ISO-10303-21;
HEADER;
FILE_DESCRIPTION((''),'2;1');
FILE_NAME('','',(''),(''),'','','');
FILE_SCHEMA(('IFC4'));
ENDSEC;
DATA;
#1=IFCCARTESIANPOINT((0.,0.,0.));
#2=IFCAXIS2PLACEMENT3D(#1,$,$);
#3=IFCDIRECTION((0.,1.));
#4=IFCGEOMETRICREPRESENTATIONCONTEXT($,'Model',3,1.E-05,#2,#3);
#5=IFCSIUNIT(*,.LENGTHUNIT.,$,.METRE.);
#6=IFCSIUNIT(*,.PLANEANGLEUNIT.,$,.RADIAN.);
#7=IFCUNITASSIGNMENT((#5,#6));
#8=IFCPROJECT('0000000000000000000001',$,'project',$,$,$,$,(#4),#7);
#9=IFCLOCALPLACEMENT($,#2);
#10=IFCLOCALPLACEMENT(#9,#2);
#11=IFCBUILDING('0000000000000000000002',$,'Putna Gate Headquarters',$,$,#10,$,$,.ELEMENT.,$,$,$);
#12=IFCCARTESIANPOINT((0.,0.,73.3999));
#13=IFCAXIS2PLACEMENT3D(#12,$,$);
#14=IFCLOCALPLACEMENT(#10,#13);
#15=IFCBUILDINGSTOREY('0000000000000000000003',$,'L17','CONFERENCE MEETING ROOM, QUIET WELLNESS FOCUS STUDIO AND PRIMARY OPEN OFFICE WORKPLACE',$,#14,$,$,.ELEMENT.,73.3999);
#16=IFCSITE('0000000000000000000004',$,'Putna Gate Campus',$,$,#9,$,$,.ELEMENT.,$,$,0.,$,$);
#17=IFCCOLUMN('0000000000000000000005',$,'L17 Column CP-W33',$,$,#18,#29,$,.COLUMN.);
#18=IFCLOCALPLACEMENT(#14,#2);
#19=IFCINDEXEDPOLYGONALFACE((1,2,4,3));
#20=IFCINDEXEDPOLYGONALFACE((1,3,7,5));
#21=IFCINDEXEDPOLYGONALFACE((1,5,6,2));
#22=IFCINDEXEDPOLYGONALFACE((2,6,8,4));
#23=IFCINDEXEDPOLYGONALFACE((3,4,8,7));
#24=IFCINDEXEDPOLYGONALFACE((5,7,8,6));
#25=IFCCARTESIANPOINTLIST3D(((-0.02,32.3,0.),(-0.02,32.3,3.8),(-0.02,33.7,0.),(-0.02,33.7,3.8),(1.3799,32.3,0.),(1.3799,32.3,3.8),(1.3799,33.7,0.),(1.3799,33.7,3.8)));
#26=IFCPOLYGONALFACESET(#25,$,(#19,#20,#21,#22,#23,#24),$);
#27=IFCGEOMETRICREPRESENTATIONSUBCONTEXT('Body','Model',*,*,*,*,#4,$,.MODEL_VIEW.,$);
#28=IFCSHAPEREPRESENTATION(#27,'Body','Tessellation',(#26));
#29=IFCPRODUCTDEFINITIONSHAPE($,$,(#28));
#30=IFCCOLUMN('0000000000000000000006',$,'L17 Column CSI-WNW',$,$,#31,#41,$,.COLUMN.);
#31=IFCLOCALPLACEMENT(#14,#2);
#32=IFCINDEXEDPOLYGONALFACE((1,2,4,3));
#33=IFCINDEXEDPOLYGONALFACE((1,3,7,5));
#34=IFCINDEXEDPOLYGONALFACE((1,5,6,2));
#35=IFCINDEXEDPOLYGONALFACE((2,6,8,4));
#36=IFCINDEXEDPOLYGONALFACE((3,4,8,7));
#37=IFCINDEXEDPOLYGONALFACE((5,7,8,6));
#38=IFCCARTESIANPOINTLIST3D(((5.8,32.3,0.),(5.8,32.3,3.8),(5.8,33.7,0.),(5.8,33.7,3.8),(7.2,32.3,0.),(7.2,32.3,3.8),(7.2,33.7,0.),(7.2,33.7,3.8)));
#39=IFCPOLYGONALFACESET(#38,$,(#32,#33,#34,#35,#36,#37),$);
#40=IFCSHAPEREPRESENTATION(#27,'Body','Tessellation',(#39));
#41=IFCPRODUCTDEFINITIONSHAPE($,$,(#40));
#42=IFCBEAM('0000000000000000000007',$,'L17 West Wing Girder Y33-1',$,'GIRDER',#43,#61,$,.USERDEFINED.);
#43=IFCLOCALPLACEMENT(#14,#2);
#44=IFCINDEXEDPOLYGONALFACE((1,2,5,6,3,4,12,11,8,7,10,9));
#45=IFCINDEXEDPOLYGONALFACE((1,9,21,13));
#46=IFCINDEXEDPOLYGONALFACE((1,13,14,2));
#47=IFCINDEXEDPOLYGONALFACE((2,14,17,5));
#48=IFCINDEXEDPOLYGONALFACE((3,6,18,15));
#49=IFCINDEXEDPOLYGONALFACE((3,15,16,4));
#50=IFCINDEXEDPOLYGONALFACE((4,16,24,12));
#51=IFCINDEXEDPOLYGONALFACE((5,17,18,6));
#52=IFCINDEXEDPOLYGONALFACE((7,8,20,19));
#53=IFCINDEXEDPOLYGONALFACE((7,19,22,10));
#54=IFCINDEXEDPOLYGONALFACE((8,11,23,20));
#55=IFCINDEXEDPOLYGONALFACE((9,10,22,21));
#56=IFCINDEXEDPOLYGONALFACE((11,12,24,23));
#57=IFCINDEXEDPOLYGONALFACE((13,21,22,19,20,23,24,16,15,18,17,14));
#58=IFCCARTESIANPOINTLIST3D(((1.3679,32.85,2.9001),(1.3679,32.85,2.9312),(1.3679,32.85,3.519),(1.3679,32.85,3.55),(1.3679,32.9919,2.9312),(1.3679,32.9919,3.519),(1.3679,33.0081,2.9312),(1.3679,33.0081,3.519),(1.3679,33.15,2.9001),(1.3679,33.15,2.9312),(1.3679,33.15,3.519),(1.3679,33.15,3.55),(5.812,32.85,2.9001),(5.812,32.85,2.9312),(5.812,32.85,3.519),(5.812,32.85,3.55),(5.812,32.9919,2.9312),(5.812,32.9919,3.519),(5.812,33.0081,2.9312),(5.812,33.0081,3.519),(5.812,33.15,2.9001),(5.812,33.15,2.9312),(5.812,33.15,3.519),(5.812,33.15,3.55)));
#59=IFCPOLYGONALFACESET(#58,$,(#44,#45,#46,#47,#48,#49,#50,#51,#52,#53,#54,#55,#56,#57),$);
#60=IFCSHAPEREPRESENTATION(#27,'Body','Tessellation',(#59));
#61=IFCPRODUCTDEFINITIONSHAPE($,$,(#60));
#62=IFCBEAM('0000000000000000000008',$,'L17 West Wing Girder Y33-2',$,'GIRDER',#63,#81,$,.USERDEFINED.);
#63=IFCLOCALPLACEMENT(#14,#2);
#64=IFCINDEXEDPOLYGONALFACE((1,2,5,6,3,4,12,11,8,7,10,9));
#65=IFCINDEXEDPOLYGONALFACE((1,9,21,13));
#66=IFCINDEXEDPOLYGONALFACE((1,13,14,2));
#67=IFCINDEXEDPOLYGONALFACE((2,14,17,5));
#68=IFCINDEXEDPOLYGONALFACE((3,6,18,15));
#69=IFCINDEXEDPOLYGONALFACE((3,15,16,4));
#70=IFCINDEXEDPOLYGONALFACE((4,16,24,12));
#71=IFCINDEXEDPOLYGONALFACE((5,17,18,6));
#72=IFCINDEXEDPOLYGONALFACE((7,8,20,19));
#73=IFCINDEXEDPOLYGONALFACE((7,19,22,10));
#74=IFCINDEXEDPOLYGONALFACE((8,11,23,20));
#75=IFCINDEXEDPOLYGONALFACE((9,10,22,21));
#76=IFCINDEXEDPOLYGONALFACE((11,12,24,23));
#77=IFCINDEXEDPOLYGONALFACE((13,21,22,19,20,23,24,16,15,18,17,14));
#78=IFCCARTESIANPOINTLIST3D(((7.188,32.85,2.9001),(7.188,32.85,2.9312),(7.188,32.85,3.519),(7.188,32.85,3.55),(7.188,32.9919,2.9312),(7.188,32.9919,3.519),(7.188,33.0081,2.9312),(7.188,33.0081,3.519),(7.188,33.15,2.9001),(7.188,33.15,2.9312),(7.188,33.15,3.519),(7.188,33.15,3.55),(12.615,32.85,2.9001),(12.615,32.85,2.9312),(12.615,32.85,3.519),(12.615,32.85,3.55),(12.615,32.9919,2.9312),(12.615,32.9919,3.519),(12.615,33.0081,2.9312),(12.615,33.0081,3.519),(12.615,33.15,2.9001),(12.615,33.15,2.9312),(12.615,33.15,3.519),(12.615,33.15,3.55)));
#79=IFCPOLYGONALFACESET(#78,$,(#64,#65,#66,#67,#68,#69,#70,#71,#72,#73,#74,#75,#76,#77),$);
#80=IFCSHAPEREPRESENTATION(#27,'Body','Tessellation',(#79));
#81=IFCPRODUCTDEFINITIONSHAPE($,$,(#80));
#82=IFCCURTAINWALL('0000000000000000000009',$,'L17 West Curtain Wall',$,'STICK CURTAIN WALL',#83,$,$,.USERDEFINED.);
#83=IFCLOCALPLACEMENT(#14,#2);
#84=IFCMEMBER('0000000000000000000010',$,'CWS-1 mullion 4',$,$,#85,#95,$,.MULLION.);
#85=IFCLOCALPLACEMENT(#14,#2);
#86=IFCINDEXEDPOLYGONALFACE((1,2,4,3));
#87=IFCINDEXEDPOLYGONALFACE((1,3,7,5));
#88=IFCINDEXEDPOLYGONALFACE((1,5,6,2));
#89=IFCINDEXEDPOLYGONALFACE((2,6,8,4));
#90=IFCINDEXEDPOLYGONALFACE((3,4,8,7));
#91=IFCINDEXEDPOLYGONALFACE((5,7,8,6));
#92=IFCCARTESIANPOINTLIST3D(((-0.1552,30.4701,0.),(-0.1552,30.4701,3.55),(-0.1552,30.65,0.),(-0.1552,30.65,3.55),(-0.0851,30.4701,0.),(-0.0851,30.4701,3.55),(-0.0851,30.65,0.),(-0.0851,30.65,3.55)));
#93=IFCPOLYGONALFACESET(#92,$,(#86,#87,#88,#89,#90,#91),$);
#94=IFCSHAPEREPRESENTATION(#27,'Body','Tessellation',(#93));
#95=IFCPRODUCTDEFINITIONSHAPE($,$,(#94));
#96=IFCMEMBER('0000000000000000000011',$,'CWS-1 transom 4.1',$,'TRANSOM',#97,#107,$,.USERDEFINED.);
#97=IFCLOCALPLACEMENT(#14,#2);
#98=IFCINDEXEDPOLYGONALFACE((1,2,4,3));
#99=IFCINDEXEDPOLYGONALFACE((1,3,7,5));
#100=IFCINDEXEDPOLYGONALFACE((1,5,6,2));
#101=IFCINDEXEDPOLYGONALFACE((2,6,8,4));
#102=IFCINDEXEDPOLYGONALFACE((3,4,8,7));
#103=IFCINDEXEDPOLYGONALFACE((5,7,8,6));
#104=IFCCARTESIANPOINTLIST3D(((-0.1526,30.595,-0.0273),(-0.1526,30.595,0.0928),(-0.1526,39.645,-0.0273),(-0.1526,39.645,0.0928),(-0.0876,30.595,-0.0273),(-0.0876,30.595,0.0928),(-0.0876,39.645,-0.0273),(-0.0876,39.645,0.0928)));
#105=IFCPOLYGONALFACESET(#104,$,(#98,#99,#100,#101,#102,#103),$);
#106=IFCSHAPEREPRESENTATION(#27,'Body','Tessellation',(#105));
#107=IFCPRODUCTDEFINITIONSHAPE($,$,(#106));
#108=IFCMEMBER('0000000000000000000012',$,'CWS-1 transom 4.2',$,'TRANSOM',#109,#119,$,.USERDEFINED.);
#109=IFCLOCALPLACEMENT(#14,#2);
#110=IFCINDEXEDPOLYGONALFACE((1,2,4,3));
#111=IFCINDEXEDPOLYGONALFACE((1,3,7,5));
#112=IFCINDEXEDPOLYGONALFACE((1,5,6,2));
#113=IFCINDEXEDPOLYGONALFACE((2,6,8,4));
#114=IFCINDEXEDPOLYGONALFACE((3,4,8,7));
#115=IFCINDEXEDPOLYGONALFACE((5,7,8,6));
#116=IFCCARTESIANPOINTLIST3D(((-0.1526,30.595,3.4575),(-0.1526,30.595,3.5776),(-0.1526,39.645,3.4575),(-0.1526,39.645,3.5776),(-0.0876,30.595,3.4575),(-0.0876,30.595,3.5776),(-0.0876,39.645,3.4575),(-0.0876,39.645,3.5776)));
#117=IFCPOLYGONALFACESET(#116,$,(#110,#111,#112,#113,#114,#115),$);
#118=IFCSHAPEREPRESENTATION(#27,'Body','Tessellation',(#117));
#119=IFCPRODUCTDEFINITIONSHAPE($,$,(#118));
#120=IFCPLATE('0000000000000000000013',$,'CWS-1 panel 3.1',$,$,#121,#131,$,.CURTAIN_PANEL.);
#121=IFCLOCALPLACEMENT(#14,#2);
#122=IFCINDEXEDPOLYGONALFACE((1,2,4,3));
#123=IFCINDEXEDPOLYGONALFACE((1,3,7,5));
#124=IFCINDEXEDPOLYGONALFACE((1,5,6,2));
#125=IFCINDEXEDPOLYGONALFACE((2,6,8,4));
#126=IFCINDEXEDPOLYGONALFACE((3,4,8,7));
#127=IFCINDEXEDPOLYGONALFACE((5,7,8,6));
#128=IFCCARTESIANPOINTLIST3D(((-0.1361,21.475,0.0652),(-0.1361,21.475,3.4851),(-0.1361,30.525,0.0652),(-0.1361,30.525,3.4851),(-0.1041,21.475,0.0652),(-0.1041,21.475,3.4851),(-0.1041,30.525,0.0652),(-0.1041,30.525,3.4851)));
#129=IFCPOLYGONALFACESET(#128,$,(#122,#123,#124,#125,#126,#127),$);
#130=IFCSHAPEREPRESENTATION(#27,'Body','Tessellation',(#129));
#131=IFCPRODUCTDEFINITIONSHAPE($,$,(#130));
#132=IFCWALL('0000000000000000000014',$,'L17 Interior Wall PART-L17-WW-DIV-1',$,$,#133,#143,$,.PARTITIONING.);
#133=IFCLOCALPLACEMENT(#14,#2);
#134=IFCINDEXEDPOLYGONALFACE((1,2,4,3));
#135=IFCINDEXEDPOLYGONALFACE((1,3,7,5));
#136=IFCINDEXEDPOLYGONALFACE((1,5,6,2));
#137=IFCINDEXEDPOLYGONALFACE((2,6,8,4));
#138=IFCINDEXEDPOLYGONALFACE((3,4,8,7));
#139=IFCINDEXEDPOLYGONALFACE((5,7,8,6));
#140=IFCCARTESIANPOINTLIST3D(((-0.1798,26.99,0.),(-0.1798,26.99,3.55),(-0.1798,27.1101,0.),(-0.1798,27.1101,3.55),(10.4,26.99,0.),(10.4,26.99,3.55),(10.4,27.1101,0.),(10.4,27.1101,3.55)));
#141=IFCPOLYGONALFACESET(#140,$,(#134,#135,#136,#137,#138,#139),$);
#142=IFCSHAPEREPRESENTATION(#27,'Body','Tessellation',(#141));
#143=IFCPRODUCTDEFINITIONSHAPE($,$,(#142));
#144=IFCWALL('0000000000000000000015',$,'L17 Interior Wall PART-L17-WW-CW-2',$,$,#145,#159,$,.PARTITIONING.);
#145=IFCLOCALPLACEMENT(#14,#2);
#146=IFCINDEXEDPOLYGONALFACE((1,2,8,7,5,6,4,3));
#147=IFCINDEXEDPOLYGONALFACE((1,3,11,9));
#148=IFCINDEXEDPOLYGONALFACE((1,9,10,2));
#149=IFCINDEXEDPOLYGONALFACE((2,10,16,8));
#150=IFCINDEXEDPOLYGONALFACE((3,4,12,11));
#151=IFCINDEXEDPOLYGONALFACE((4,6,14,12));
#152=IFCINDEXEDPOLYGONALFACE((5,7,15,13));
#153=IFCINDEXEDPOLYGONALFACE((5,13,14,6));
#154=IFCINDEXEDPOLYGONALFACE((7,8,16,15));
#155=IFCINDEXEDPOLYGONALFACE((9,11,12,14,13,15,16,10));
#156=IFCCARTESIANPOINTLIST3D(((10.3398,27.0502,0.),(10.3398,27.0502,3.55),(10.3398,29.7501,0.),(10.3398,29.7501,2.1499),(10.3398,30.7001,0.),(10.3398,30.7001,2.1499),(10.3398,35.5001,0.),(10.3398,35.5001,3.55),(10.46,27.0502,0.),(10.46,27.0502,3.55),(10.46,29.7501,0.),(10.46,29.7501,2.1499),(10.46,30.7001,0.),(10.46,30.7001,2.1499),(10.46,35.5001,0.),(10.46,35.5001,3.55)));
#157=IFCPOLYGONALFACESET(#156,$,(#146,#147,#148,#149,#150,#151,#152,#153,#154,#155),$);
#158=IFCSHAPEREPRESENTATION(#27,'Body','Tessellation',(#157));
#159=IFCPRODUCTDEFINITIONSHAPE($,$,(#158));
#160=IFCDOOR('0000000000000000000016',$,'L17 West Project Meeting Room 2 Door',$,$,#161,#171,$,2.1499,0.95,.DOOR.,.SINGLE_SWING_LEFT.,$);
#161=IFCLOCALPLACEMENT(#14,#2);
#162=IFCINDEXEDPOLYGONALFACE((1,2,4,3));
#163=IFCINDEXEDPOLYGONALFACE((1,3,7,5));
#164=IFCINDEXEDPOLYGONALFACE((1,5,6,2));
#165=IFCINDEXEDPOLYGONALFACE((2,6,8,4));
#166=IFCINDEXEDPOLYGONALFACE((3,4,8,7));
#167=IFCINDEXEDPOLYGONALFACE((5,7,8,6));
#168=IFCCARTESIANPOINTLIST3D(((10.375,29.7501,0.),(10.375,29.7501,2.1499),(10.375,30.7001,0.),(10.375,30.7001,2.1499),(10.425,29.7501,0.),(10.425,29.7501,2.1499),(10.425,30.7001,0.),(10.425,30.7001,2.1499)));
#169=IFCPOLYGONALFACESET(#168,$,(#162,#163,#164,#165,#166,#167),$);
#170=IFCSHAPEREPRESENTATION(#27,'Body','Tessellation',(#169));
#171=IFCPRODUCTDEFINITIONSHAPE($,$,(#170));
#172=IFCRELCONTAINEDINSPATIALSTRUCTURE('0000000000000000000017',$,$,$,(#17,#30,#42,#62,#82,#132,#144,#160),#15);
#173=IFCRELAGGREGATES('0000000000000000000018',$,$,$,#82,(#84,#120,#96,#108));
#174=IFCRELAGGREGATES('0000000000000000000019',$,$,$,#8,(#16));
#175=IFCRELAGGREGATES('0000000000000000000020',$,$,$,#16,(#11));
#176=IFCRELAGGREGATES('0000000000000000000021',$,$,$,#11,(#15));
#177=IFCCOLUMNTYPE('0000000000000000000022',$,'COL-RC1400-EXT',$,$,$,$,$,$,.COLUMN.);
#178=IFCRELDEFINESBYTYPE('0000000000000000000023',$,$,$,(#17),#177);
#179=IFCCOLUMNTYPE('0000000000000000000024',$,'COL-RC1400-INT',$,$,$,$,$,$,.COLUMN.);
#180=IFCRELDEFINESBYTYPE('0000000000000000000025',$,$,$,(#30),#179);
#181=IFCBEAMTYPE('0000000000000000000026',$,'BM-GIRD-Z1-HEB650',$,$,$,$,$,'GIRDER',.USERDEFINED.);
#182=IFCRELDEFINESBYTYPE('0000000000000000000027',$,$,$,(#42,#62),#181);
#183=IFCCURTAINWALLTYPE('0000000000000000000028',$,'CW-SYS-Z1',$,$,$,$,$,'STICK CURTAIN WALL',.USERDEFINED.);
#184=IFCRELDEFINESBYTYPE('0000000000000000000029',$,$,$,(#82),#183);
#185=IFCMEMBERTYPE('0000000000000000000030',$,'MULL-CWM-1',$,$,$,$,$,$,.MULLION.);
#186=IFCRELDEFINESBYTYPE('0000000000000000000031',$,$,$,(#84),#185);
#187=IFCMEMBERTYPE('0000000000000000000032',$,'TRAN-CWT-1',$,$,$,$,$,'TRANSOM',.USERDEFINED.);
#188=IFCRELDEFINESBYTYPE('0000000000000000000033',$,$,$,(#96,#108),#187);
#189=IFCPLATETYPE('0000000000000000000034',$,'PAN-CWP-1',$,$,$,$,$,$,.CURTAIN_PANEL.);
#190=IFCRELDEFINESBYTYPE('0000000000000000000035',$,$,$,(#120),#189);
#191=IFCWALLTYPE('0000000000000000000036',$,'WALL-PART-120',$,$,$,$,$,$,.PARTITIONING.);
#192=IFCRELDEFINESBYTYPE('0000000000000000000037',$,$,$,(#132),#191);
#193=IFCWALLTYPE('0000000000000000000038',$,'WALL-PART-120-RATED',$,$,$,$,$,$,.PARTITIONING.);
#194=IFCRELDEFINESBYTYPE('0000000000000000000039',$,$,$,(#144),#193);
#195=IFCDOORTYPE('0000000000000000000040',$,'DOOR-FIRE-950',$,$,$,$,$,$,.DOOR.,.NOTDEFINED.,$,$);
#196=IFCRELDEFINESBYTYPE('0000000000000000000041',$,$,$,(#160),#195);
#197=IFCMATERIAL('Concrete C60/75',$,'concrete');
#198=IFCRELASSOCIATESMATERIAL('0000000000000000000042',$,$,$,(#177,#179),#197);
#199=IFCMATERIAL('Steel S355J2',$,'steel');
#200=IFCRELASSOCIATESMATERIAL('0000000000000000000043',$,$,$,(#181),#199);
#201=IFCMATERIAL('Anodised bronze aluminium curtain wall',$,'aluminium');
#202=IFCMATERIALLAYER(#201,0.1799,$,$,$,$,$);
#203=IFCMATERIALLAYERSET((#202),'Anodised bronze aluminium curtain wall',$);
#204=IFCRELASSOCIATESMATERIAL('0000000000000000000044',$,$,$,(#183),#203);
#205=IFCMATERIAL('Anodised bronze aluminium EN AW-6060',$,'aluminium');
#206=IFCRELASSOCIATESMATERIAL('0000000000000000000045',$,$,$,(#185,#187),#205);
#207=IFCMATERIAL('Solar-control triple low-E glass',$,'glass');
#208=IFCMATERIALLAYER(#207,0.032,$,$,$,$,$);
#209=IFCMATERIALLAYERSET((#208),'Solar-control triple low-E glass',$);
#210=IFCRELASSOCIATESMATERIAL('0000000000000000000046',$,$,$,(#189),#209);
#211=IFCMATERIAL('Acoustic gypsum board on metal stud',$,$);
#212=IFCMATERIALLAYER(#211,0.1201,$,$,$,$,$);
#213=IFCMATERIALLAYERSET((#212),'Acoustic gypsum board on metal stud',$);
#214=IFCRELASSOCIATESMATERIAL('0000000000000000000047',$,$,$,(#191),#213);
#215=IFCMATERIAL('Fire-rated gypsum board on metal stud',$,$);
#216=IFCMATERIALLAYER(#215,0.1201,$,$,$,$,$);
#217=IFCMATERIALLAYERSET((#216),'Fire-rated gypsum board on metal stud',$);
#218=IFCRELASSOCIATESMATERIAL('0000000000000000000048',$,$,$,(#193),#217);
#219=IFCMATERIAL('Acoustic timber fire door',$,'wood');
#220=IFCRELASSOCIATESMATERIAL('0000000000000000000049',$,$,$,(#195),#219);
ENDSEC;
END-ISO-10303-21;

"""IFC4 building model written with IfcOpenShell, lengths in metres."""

from ifc_helpers import new_model, si_unit, direction, frame, frame_2d, origin, origin_2d, place, context, subcontext, project, spatial, rectangle, i_section, extrude, material, layer, layer_set, material_profile, profile_set, type_object, element, fill, aggregate, save


model = new_model("IFC4")

# Units and contexts
model_context = context("Model", 3, precision=1e-05, world=origin(), true_north=direction((0.0, 1.0)))
body_context = subcontext(model_context, "Body", "Model", "MODEL_VIEW")
ifc_project = project(units=[si_unit("LENGTHUNIT", "METRE"), si_unit("PLANEANGLEUNIT", "RADIAN")], contexts=[model_context])

# Site, building, storey
site_placement = place(None, origin())
site = spatial("IfcSite", under=ifc_project, at=site_placement, Name="Putna Gate Campus", CompositionType="ELEMENT", RefElevation=0.0)
building_placement = place(site_placement, origin())
building = spatial("IfcBuilding", under=site, at=building_placement, Name="Putna Gate Headquarters", CompositionType="ELEMENT")
storey_placement = place(building_placement, frame((0.0, 0.0, 73.3999)))
storey = spatial("IfcBuildingStorey", under=building, at=storey_placement, Name="L17", Description="CONFERENCE MEETING ROOM, QUIET WELLNESS FOCUS STUDIO AND PRIMARY OPEN OFFICE WORKPLACE", CompositionType="ELEMENT", Elevation=73.3999)

# Columns
ifc_material_1 = material(Name="Concrete C60/75", Category="concrete")
ifc_material_profile_1 = material_profile(ifc_material_1, rectangle(XDim=1.3999, YDim=1.3999, at=origin_2d()), Name="Concrete C60/75")
ifc_profile_set_1 = profile_set([ifc_material_profile_1], Name="Concrete C60/75")
column_type_1 = type_object("IfcColumnType", Name="COL-RC1400-EXT", PredefinedType="COLUMN", material=ifc_profile_set_1)
column_1_placement = place(storey_placement, frame((0.6799, 33.0, 0.0), z_axis=(0.0, 0.0, 1.0), x_axis=(1.0, 0.0, 0.0)))
element("IfcColumn", 1, at=column_1_placement, inside=storey, type_object=column_type_1, Name="L17 Column CP-W33", PredefinedType="COLUMN", context=body_context, shape_type="SweptSolid", body=[
    extrude(rectangle(XDim=1.3999, YDim=1.3999, at=origin_2d()), origin(), (0.0, 0.0, 1.0), 3.8),
])
ifc_material_profile_2 = material_profile(ifc_material_1, rectangle(XDim=1.3999, YDim=1.3999, at=origin_2d()), Name="Concrete C60/75")
ifc_profile_set_2 = profile_set([ifc_material_profile_2], Name="Concrete C60/75")
column_type_2 = type_object("IfcColumnType", Name="COL-RC1400-INT", PredefinedType="COLUMN", material=ifc_profile_set_2)
column_2_placement = place(storey_placement, frame((6.5, 33.0, 0.0), z_axis=(0.0, 0.0, 1.0), x_axis=(1.0, 0.0, 0.0)))
element("IfcColumn", 2, at=column_2_placement, inside=storey, type_object=column_type_2, Name="L17 Column CSI-WNW", PredefinedType="COLUMN", context=body_context, shape_type="SweptSolid", body=[
    extrude(rectangle(XDim=1.3999, YDim=1.3999, at=origin_2d()), origin(), (0.0, 0.0, 1.0), 3.8),
])

# Beams
ifc_material_2 = material(Name="Steel S355J2", Category="steel")
ifc_material_profile_3 = material_profile(ifc_material_2, i_section(OverallWidth=0.3, OverallDepth=0.6499, WebThickness=0.0161, FlangeThickness=0.031, at=origin_2d()), Name="Steel S355J2")
ifc_profile_set_3 = profile_set([ifc_material_profile_3], Name="Steel S355J2")
beam_type = type_object("IfcBeamType", Name="BM-GIRD-Z1-HEB650", ElementType="GIRDER", PredefinedType="USERDEFINED", material=ifc_profile_set_3)
beam_1_placement = place(storey_placement, frame((1.3679, 33.0, 3.2251), z_axis=(1.0, 0.0, 0.0), x_axis=(0.0, 1.0, 0.0)))
element("IfcBeam", 3, at=beam_1_placement, inside=storey, type_object=beam_type, Name="L17 West Wing Girder Y33-1", ObjectType="GIRDER", PredefinedType="USERDEFINED", context=body_context, shape_type="SweptSolid", body=[
    extrude(i_section(OverallWidth=0.3, OverallDepth=0.6499, WebThickness=0.0161, FlangeThickness=0.031, at=origin_2d()), origin(), (0.0, 0.0, 1.0), 4.4441),
])
beam_2_placement = place(storey_placement, frame((7.188, 33.0, 3.2251), z_axis=(1.0, 0.0, 0.0), x_axis=(0.0, 1.0, 0.0)))
element("IfcBeam", 4, at=beam_2_placement, inside=storey, type_object=beam_type, Name="L17 West Wing Girder Y33-2", ObjectType="GIRDER", PredefinedType="USERDEFINED", context=body_context, shape_type="SweptSolid", body=[
    extrude(i_section(OverallWidth=0.3, OverallDepth=0.6499, WebThickness=0.0161, FlangeThickness=0.031, at=origin_2d()), origin(), (0.0, 0.0, 1.0), 5.427),
])

# Curtain wall, members, plate
ifc_material_3 = material(Name="Anodised bronze aluminium curtain wall", Category="aluminium")
ifc_layer_1 = layer(ifc_material_3, 0.1799)
ifc_layer_set_1 = layer_set([ifc_layer_1], Name="Anodised bronze aluminium curtain wall")
curtain_wall_type = type_object("IfcCurtainWallType", Name="CW-SYS-Z1", ElementType="STICK CURTAIN WALL", PredefinedType="USERDEFINED", material=ifc_layer_set_1)
curtain_wall_placement = place(storey_placement, origin())
curtain_wall = element("IfcCurtainWall", 5, at=curtain_wall_placement, inside=storey, type_object=curtain_wall_type, Name="L17 West Curtain Wall", ObjectType="STICK CURTAIN WALL", PredefinedType="USERDEFINED")
ifc_material_4 = material(Name="Anodised bronze aluminium EN AW-6060", Category="aluminium")
ifc_material_profile_4 = material_profile(ifc_material_4, rectangle(XDim=0.0701, YDim=0.1799, at=origin_2d()), Name="Anodised bronze aluminium EN AW-6060")
ifc_profile_set_4 = profile_set([ifc_material_profile_4], Name="Anodised bronze aluminium EN AW-6060")
member_type_1 = type_object("IfcMemberType", Name="MULL-CWM-1", PredefinedType="MULLION", material=ifc_profile_set_4)
member_1_placement = place(storey_placement, frame((-0.1201, 30.5601, 0.0), z_axis=(0.0, 0.0, 1.0), x_axis=(-1.0, 0.0, 0.0)))
member_1 = element("IfcMember", 6, at=member_1_placement, type_object=member_type_1, Name="CWS-1 mullion 4", PredefinedType="MULLION", context=body_context, shape_type="SweptSolid", body=[
    extrude(rectangle(XDim=0.0701, YDim=0.1799, at=origin_2d()), origin(), (0.0, 0.0, 1.0), 3.55),
])
ifc_material_profile_5 = material_profile(ifc_material_4, rectangle(XDim=0.0649, YDim=0.1201, at=origin_2d()), Name="Anodised bronze aluminium EN AW-6060")
ifc_profile_set_5 = profile_set([ifc_material_profile_5], Name="Anodised bronze aluminium EN AW-6060")
member_type_2 = type_object("IfcMemberType", Name="TRAN-CWT-1", ElementType="TRANSOM", PredefinedType="USERDEFINED", material=ifc_profile_set_5)
member_2_placement = place(storey_placement, frame((-0.1201, 30.595, 0.0327), z_axis=(0.0, 1.0, 0.0), x_axis=(-1.0, 0.0, 0.0)))
member_2 = element("IfcMember", 7, at=member_2_placement, type_object=member_type_2, Name="CWS-1 transom 4.1", ObjectType="TRANSOM", PredefinedType="USERDEFINED", context=body_context, shape_type="SweptSolid", body=[
    extrude(rectangle(XDim=0.0649, YDim=0.1201, at=origin_2d()), origin(), (0.0, 0.0, 1.0), 9.05),
])
member_3_placement = place(storey_placement, frame((-0.1201, 30.595, 3.5176), z_axis=(0.0, 1.0, 0.0), x_axis=(-1.0, 0.0, 0.0)))
member_3 = element("IfcMember", 8, at=member_3_placement, type_object=member_type_2, Name="CWS-1 transom 4.2", ObjectType="TRANSOM", PredefinedType="USERDEFINED", context=body_context, shape_type="SweptSolid", body=[
    extrude(rectangle(XDim=0.0649, YDim=0.1201, at=origin_2d()), origin(), (0.0, 0.0, 1.0), 9.05),
])
ifc_material_5 = material(Name="Solar-control triple low-E glass", Category="glass")
ifc_layer_2 = layer(ifc_material_5, 0.032)
ifc_layer_set_2 = layer_set([ifc_layer_2], Name="Solar-control triple low-E glass")
plate_type = type_object("IfcPlateType", Name="PAN-CWP-1", PredefinedType="CURTAIN_PANEL", material=ifc_layer_set_2)
plate_placement = place(storey_placement, frame((-0.1201, 26.0, 0.0652), z_axis=(0.0, 0.0, 1.0), x_axis=(0.0, 1.0, 0.0)))
plate = element("IfcPlate", 9, at=plate_placement, type_object=plate_type, Name="CWS-1 panel 3.1", PredefinedType="CURTAIN_PANEL", context=body_context, shape_type="SweptSolid", body=[
    extrude(rectangle(XDim=9.05, YDim=0.032, at=origin_2d()), origin(), (0.0, 0.0, 1.0), 3.4199),
])
aggregate(curtain_wall, [member_1, plate, member_2, member_3])

# Wall
ifc_material_6 = material(Name="Acoustic gypsum board on metal stud")
ifc_layer_3 = layer(ifc_material_6, 0.1201)
ifc_layer_set_3 = layer_set([ifc_layer_3], Name="Acoustic gypsum board on metal stud")
wall_type_1 = type_object("IfcWallType", Name="WALL-PART-120", PredefinedType="PARTITIONING", material=ifc_layer_set_3)
wall_1_placement = place(storey_placement, frame((-0.1799, 27.05, 0.0), z_axis=(0.0, 0.0, 1.0), x_axis=(1.0, 0.0, 0.0)))
element("IfcWall", 10, at=wall_1_placement, inside=storey, type_object=wall_type_1, Name="L17 Interior Wall PART-L17-WW-DIV-1", PredefinedType="PARTITIONING", context=body_context, shape_type="SweptSolid", body=[
    extrude(rectangle(XDim=10.5798, YDim=0.1201, at=frame_2d((5.29, 0.0))), origin(), (0.0, 0.0, 1.0), 3.55),
])

# Wall, opening, door
ifc_material_7 = material(Name="Fire-rated gypsum board on metal stud")
ifc_layer_4 = layer(ifc_material_7, 0.1201)
ifc_layer_set_4 = layer_set([ifc_layer_4], Name="Fire-rated gypsum board on metal stud")
wall_type_2 = type_object("IfcWallType", Name="WALL-PART-120-RATED", PredefinedType="PARTITIONING", material=ifc_layer_set_4)
wall_2_placement = place(storey_placement, frame((10.3999, 27.05, 0.0), z_axis=(0.0, 0.0, 1.0), x_axis=(0.0, 1.0, 0.0)))
wall_2 = element("IfcWall", 11, at=wall_2_placement, inside=storey, type_object=wall_type_2, Name="L17 Interior Wall PART-L17-WW-CW-2", PredefinedType="PARTITIONING", context=body_context, shape_type="SweptSolid", body=[
    extrude(rectangle(XDim=8.45, YDim=0.1201, at=frame_2d((4.2251, 0.0))), origin(), (0.0, 0.0, 1.0), 3.55),
])
opening_1_placement = place(wall_2_placement, frame((2.7, 0.0, 0.0)))
opening_1 = element("IfcOpeningElement", 12, at=opening_1_placement, cuts=wall_2, PredefinedType="OPENING", context=body_context, shape_type="SweptSolid", body=[
    extrude(rectangle(XDim=0.95, YDim=2.1499, at=frame_2d((0.4751, 1.075))), frame((0.0, 0.0701, 0.0), z_axis=(0.0, -1.0, 0.0), x_axis=(1.0, 0.0, 0.0)), (0.0, 0.0, 1.0), 0.1401),
])
ifc_material_8 = material(Name="Acoustic timber fire door", Category="wood")
door_type_1 = type_object("IfcDoorType", Name="DOOR-FIRE-950", OperationType="NOTDEFINED", PredefinedType="DOOR", material=ifc_material_8)
door_1_placement = place(opening_1_placement, origin())
door_1 = element("IfcDoor", 13, at=door_1_placement, inside=storey, type_object=door_type_1, Name="L17 West Project Meeting Room 2 Door", OperationType="SINGLE_SWING_LEFT", OverallHeight=2.1499, OverallWidth=0.95, PredefinedType="DOOR", context=body_context, shape_type="SweptSolid", body=[
    extrude(rectangle(XDim=0.95, YDim=2.1499, at=frame_2d((0.4751, 1.075))), frame((0.0, 0.0249, 0.0), z_axis=(0.0, -1.0, 0.0), x_axis=(1.0, 0.0, 0.0)), (0.0, 0.0, 1.0), 0.05),
])
fill(opening_1, door_1)

save(model, "model.ifc")
